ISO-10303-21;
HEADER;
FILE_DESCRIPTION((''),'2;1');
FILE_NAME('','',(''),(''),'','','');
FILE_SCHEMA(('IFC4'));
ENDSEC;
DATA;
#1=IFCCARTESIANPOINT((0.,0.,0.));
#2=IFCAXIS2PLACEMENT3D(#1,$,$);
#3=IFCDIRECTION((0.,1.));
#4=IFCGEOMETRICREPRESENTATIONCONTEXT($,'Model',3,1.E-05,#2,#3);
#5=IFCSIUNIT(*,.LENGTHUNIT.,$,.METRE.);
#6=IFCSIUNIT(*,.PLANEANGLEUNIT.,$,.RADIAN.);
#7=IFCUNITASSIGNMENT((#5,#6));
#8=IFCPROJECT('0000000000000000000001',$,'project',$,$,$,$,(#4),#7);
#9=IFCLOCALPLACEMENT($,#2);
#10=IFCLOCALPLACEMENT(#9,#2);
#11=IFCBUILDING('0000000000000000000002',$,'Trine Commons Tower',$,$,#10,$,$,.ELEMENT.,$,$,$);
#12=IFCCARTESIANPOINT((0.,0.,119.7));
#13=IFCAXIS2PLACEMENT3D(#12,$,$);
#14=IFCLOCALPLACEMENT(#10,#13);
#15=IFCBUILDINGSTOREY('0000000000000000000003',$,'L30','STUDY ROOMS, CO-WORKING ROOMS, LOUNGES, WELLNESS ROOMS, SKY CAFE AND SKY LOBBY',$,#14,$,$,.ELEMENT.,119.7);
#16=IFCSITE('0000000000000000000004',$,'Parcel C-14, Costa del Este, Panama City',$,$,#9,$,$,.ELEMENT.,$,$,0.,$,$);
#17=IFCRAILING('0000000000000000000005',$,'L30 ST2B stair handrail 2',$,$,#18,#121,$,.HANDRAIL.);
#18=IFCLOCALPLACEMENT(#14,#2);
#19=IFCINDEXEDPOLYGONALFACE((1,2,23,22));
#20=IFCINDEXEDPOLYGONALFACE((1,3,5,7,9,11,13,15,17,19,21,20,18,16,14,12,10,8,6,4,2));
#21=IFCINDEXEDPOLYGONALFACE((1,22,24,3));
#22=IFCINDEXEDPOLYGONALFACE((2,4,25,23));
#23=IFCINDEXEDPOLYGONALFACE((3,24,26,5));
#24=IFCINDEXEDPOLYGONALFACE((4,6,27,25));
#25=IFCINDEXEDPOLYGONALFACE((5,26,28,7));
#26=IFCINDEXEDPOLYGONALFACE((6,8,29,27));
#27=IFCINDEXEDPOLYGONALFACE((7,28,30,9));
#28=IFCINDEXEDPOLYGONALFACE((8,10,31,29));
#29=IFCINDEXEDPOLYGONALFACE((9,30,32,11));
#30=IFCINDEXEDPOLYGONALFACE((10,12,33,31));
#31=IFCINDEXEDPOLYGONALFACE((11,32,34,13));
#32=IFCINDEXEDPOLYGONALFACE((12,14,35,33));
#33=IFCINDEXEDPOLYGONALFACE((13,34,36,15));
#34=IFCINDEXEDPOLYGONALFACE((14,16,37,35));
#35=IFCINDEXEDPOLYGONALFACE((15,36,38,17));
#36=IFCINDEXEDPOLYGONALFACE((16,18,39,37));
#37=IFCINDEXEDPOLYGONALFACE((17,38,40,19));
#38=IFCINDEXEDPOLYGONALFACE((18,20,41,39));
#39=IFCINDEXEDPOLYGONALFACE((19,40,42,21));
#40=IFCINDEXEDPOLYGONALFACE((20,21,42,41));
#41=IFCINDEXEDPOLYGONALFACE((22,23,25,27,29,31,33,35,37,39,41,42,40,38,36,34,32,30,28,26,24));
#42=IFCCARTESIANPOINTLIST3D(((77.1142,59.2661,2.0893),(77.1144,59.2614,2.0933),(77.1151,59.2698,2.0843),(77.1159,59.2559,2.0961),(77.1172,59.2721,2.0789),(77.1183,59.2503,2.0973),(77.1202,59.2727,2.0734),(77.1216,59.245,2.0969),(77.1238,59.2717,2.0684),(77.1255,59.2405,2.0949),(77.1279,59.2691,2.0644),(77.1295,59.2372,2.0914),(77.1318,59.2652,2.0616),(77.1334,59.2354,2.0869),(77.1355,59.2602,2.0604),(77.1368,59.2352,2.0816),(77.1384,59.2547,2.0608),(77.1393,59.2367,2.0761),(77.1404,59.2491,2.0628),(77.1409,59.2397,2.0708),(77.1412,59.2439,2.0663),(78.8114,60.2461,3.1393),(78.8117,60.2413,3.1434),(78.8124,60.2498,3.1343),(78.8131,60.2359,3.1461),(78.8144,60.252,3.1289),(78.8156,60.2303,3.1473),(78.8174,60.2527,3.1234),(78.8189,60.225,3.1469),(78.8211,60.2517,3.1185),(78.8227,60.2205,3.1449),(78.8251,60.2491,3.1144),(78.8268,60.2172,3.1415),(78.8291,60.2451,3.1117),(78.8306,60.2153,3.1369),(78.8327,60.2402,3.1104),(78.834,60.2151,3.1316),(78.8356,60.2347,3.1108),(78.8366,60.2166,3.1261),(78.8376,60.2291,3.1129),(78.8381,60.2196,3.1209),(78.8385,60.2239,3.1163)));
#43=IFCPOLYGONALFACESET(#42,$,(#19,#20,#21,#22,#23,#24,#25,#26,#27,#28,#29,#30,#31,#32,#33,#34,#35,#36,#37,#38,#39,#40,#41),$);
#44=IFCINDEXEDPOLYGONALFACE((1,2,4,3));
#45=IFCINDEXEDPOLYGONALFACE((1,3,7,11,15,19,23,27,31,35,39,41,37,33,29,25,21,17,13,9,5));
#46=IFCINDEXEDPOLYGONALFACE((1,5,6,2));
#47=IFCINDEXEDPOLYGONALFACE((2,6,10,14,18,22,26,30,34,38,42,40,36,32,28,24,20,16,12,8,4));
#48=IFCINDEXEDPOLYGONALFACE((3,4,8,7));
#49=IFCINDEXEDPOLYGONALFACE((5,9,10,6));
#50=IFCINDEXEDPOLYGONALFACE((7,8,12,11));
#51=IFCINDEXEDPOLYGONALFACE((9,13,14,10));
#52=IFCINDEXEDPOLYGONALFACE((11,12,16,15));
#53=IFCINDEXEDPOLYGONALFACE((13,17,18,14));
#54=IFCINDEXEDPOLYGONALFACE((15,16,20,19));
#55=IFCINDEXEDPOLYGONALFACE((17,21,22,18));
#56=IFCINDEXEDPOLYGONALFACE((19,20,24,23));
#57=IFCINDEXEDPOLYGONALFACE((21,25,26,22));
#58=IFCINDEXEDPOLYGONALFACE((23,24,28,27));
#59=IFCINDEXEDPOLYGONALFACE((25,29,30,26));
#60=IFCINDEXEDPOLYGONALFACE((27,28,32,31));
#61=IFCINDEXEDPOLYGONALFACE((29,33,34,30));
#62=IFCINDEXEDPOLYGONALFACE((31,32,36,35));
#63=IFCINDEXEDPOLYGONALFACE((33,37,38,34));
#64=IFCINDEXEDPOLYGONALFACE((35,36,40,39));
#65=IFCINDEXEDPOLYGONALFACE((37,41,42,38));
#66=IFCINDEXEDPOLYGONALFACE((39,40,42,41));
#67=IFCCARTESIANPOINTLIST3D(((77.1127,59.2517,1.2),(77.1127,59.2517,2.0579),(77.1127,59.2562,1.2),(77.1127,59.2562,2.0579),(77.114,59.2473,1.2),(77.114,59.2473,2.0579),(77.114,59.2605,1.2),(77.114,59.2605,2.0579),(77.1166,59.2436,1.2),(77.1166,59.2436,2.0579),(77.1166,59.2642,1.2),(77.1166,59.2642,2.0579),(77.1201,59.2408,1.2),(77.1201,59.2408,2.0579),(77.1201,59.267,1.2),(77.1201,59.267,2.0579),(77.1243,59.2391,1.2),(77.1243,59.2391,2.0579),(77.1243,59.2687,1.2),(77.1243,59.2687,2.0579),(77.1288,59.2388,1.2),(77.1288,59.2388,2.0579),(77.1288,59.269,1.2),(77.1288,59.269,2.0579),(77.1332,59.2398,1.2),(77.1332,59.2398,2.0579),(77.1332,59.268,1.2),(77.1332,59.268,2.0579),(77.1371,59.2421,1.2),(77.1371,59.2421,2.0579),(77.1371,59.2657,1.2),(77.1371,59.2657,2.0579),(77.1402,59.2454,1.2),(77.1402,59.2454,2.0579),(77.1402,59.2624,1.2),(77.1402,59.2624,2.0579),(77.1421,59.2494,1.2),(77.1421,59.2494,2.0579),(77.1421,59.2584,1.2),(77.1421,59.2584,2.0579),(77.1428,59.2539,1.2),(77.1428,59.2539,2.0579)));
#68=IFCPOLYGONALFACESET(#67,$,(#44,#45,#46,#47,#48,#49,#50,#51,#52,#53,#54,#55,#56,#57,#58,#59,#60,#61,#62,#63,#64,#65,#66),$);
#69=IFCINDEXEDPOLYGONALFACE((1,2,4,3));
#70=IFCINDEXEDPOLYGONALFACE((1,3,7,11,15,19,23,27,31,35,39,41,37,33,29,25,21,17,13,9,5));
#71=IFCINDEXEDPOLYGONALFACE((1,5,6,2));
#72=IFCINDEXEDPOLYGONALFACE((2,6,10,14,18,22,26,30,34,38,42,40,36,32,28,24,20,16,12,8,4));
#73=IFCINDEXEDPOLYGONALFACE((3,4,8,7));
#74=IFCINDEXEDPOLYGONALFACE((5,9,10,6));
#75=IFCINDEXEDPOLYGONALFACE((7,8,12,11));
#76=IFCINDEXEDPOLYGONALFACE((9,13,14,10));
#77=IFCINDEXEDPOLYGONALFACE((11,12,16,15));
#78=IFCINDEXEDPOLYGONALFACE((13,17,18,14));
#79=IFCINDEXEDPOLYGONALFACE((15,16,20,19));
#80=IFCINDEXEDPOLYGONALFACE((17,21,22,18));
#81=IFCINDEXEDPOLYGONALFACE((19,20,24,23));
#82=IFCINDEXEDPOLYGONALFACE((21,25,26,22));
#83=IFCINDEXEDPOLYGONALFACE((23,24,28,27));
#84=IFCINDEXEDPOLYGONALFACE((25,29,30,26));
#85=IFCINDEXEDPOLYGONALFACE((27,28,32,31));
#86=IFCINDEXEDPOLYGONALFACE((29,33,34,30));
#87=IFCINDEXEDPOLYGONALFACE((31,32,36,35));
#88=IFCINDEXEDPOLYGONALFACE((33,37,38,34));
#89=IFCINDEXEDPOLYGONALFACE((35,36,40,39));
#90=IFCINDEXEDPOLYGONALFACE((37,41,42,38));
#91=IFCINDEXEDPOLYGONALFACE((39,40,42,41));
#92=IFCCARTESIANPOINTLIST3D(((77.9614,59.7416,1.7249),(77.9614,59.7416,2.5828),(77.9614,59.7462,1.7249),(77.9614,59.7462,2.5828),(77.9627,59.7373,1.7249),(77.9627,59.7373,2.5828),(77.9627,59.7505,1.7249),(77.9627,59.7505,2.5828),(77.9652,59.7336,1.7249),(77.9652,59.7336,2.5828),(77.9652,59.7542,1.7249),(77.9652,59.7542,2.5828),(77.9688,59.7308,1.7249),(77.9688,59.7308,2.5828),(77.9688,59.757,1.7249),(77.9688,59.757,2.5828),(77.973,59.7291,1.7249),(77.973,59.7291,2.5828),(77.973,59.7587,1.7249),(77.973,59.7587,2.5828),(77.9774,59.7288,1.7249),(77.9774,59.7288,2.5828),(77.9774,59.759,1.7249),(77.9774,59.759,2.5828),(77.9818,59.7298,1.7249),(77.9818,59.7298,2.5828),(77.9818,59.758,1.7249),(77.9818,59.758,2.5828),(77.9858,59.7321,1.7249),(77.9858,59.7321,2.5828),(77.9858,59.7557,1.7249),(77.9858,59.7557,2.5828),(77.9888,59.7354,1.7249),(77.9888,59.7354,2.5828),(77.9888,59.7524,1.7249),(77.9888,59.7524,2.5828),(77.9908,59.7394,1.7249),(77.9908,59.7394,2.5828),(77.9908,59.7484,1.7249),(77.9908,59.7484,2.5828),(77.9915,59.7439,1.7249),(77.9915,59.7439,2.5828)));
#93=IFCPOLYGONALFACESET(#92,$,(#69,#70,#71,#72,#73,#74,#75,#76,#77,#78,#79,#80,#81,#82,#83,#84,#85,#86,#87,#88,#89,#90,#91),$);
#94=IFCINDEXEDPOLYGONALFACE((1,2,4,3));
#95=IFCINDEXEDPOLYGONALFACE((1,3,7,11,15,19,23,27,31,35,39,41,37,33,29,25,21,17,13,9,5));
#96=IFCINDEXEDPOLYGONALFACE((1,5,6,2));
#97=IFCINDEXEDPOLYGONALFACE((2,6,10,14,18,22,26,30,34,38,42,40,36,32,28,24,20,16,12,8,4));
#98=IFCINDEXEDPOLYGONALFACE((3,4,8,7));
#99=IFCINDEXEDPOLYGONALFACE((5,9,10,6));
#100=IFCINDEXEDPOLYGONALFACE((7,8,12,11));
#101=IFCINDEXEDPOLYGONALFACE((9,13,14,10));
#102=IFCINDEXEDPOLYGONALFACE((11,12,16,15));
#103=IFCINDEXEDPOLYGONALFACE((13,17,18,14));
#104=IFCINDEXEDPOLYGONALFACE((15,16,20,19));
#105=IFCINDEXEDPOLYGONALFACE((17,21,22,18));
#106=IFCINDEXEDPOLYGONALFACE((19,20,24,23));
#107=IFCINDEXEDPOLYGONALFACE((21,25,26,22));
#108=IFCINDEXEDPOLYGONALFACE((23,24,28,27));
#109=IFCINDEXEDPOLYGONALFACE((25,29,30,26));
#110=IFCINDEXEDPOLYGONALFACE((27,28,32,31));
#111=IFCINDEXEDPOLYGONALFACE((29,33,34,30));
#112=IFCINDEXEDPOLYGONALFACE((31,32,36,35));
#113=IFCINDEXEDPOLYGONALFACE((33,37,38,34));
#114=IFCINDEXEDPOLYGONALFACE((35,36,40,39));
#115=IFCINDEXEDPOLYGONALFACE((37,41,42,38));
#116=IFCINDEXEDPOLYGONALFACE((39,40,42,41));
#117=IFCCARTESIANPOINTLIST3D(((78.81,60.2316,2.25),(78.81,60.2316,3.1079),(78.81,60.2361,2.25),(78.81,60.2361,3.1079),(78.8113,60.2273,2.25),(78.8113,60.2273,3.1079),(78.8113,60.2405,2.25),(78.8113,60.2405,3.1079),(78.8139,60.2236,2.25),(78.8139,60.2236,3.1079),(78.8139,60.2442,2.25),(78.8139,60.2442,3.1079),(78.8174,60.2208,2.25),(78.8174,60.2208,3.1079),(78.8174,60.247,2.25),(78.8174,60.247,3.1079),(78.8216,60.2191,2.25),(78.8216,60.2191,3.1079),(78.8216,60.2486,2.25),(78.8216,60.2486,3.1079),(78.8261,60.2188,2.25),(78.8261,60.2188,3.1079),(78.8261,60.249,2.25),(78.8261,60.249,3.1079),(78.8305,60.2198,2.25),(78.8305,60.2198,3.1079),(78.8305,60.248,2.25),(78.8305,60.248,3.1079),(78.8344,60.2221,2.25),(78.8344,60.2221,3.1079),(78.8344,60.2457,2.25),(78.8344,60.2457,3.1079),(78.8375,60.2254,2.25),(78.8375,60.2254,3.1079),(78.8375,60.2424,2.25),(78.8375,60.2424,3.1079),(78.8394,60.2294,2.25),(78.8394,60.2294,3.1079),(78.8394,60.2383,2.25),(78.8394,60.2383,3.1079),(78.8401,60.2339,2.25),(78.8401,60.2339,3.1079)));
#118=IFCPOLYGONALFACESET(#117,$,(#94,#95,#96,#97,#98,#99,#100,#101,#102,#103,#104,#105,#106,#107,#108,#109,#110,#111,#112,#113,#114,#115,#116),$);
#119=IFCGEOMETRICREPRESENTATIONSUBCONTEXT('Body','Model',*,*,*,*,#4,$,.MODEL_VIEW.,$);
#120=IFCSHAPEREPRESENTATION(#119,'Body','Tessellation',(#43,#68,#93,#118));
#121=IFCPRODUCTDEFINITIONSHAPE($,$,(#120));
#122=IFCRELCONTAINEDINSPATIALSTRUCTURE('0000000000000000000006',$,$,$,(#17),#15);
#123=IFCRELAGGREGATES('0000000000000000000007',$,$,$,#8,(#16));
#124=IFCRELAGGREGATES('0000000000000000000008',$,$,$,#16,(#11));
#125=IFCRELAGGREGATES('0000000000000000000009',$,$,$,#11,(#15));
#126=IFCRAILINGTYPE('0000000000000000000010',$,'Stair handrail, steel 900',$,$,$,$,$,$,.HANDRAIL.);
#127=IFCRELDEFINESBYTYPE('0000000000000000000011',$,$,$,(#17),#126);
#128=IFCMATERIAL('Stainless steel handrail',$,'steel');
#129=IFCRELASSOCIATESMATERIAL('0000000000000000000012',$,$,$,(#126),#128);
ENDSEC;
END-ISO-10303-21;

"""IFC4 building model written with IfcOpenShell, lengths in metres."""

from ifc_helpers import new_model, si_unit, direction, frame, origin, origin_2d, place, context, subcontext, project, spatial, circle, extrude, material, type_object, element, save


model = new_model("IFC4")

# Units and contexts
model_context = context("Model", 3, precision=1e-05, world=origin(), true_north=direction((0.0, 1.0)))
body_context = subcontext(model_context, "Body", "Model", "MODEL_VIEW")
ifc_project = project(units=[si_unit("LENGTHUNIT", "METRE"), si_unit("PLANEANGLEUNIT", "RADIAN")], contexts=[model_context])

# Site, building, storey
site_placement = place(None, origin())
site = spatial("IfcSite", under=ifc_project, at=site_placement, Name="Parcel C-14, Costa del Este, Panama City", CompositionType="ELEMENT", RefElevation=0.0)
building_placement = place(site_placement, origin())
building = spatial("IfcBuilding", under=site, at=building_placement, Name="Trine Commons Tower", CompositionType="ELEMENT")
storey_placement = place(building_placement, frame((0.0, 0.0, 119.7)))
storey = spatial("IfcBuildingStorey", under=building, at=storey_placement, Name="L30", Description="STUDY ROOMS, CO-WORKING ROOMS, LOUNGES, WELLNESS ROOMS, SKY CAFE AND SKY LOBBY", CompositionType="ELEMENT", Elevation=119.7)

# Railing
ifc_material_1 = material(Name="Stainless steel handrail", Category="steel")
railing_type_1 = type_object("IfcRailingType", Name="Stair handrail, steel 900", PredefinedType="HANDRAIL", material=ifc_material_1)
railing_1_placement = place(storey_placement, frame((77.1277, 59.2539, 1.2)))
element("IfcRailing", 1, at=railing_1_placement, inside=storey, type_object=railing_type_1, Name="L30 ST2B stair handrail 2", PredefinedType="HANDRAIL", context=body_context, shape_type="SweptSolid", body=[
    extrude(circle(Radius=0.021, at=origin_2d()), frame((0.0, 0.0, 0.8789), z_axis=(0.763352, 0.44075, 0.472264), x_axis=(-0.500024, 0.866011, 0.0)), (0.0, 0.0, 1.0), 2.2234),
    extrude(circle(Radius=0.0151, at=origin_2d()), origin(), (0.0, 0.0, 1.0), 0.8579),
    extrude(circle(Radius=0.0151, at=origin_2d()), frame((0.8486, 0.49, 0.5249)), (0.0, 0.0, 1.0), 0.8579),
    extrude(circle(Radius=0.0151, at=origin_2d()), frame((1.6973, 0.98, 1.05)), (0.0, 0.0, 1.0), 0.8579),
])

save(model, "model.ifc")
